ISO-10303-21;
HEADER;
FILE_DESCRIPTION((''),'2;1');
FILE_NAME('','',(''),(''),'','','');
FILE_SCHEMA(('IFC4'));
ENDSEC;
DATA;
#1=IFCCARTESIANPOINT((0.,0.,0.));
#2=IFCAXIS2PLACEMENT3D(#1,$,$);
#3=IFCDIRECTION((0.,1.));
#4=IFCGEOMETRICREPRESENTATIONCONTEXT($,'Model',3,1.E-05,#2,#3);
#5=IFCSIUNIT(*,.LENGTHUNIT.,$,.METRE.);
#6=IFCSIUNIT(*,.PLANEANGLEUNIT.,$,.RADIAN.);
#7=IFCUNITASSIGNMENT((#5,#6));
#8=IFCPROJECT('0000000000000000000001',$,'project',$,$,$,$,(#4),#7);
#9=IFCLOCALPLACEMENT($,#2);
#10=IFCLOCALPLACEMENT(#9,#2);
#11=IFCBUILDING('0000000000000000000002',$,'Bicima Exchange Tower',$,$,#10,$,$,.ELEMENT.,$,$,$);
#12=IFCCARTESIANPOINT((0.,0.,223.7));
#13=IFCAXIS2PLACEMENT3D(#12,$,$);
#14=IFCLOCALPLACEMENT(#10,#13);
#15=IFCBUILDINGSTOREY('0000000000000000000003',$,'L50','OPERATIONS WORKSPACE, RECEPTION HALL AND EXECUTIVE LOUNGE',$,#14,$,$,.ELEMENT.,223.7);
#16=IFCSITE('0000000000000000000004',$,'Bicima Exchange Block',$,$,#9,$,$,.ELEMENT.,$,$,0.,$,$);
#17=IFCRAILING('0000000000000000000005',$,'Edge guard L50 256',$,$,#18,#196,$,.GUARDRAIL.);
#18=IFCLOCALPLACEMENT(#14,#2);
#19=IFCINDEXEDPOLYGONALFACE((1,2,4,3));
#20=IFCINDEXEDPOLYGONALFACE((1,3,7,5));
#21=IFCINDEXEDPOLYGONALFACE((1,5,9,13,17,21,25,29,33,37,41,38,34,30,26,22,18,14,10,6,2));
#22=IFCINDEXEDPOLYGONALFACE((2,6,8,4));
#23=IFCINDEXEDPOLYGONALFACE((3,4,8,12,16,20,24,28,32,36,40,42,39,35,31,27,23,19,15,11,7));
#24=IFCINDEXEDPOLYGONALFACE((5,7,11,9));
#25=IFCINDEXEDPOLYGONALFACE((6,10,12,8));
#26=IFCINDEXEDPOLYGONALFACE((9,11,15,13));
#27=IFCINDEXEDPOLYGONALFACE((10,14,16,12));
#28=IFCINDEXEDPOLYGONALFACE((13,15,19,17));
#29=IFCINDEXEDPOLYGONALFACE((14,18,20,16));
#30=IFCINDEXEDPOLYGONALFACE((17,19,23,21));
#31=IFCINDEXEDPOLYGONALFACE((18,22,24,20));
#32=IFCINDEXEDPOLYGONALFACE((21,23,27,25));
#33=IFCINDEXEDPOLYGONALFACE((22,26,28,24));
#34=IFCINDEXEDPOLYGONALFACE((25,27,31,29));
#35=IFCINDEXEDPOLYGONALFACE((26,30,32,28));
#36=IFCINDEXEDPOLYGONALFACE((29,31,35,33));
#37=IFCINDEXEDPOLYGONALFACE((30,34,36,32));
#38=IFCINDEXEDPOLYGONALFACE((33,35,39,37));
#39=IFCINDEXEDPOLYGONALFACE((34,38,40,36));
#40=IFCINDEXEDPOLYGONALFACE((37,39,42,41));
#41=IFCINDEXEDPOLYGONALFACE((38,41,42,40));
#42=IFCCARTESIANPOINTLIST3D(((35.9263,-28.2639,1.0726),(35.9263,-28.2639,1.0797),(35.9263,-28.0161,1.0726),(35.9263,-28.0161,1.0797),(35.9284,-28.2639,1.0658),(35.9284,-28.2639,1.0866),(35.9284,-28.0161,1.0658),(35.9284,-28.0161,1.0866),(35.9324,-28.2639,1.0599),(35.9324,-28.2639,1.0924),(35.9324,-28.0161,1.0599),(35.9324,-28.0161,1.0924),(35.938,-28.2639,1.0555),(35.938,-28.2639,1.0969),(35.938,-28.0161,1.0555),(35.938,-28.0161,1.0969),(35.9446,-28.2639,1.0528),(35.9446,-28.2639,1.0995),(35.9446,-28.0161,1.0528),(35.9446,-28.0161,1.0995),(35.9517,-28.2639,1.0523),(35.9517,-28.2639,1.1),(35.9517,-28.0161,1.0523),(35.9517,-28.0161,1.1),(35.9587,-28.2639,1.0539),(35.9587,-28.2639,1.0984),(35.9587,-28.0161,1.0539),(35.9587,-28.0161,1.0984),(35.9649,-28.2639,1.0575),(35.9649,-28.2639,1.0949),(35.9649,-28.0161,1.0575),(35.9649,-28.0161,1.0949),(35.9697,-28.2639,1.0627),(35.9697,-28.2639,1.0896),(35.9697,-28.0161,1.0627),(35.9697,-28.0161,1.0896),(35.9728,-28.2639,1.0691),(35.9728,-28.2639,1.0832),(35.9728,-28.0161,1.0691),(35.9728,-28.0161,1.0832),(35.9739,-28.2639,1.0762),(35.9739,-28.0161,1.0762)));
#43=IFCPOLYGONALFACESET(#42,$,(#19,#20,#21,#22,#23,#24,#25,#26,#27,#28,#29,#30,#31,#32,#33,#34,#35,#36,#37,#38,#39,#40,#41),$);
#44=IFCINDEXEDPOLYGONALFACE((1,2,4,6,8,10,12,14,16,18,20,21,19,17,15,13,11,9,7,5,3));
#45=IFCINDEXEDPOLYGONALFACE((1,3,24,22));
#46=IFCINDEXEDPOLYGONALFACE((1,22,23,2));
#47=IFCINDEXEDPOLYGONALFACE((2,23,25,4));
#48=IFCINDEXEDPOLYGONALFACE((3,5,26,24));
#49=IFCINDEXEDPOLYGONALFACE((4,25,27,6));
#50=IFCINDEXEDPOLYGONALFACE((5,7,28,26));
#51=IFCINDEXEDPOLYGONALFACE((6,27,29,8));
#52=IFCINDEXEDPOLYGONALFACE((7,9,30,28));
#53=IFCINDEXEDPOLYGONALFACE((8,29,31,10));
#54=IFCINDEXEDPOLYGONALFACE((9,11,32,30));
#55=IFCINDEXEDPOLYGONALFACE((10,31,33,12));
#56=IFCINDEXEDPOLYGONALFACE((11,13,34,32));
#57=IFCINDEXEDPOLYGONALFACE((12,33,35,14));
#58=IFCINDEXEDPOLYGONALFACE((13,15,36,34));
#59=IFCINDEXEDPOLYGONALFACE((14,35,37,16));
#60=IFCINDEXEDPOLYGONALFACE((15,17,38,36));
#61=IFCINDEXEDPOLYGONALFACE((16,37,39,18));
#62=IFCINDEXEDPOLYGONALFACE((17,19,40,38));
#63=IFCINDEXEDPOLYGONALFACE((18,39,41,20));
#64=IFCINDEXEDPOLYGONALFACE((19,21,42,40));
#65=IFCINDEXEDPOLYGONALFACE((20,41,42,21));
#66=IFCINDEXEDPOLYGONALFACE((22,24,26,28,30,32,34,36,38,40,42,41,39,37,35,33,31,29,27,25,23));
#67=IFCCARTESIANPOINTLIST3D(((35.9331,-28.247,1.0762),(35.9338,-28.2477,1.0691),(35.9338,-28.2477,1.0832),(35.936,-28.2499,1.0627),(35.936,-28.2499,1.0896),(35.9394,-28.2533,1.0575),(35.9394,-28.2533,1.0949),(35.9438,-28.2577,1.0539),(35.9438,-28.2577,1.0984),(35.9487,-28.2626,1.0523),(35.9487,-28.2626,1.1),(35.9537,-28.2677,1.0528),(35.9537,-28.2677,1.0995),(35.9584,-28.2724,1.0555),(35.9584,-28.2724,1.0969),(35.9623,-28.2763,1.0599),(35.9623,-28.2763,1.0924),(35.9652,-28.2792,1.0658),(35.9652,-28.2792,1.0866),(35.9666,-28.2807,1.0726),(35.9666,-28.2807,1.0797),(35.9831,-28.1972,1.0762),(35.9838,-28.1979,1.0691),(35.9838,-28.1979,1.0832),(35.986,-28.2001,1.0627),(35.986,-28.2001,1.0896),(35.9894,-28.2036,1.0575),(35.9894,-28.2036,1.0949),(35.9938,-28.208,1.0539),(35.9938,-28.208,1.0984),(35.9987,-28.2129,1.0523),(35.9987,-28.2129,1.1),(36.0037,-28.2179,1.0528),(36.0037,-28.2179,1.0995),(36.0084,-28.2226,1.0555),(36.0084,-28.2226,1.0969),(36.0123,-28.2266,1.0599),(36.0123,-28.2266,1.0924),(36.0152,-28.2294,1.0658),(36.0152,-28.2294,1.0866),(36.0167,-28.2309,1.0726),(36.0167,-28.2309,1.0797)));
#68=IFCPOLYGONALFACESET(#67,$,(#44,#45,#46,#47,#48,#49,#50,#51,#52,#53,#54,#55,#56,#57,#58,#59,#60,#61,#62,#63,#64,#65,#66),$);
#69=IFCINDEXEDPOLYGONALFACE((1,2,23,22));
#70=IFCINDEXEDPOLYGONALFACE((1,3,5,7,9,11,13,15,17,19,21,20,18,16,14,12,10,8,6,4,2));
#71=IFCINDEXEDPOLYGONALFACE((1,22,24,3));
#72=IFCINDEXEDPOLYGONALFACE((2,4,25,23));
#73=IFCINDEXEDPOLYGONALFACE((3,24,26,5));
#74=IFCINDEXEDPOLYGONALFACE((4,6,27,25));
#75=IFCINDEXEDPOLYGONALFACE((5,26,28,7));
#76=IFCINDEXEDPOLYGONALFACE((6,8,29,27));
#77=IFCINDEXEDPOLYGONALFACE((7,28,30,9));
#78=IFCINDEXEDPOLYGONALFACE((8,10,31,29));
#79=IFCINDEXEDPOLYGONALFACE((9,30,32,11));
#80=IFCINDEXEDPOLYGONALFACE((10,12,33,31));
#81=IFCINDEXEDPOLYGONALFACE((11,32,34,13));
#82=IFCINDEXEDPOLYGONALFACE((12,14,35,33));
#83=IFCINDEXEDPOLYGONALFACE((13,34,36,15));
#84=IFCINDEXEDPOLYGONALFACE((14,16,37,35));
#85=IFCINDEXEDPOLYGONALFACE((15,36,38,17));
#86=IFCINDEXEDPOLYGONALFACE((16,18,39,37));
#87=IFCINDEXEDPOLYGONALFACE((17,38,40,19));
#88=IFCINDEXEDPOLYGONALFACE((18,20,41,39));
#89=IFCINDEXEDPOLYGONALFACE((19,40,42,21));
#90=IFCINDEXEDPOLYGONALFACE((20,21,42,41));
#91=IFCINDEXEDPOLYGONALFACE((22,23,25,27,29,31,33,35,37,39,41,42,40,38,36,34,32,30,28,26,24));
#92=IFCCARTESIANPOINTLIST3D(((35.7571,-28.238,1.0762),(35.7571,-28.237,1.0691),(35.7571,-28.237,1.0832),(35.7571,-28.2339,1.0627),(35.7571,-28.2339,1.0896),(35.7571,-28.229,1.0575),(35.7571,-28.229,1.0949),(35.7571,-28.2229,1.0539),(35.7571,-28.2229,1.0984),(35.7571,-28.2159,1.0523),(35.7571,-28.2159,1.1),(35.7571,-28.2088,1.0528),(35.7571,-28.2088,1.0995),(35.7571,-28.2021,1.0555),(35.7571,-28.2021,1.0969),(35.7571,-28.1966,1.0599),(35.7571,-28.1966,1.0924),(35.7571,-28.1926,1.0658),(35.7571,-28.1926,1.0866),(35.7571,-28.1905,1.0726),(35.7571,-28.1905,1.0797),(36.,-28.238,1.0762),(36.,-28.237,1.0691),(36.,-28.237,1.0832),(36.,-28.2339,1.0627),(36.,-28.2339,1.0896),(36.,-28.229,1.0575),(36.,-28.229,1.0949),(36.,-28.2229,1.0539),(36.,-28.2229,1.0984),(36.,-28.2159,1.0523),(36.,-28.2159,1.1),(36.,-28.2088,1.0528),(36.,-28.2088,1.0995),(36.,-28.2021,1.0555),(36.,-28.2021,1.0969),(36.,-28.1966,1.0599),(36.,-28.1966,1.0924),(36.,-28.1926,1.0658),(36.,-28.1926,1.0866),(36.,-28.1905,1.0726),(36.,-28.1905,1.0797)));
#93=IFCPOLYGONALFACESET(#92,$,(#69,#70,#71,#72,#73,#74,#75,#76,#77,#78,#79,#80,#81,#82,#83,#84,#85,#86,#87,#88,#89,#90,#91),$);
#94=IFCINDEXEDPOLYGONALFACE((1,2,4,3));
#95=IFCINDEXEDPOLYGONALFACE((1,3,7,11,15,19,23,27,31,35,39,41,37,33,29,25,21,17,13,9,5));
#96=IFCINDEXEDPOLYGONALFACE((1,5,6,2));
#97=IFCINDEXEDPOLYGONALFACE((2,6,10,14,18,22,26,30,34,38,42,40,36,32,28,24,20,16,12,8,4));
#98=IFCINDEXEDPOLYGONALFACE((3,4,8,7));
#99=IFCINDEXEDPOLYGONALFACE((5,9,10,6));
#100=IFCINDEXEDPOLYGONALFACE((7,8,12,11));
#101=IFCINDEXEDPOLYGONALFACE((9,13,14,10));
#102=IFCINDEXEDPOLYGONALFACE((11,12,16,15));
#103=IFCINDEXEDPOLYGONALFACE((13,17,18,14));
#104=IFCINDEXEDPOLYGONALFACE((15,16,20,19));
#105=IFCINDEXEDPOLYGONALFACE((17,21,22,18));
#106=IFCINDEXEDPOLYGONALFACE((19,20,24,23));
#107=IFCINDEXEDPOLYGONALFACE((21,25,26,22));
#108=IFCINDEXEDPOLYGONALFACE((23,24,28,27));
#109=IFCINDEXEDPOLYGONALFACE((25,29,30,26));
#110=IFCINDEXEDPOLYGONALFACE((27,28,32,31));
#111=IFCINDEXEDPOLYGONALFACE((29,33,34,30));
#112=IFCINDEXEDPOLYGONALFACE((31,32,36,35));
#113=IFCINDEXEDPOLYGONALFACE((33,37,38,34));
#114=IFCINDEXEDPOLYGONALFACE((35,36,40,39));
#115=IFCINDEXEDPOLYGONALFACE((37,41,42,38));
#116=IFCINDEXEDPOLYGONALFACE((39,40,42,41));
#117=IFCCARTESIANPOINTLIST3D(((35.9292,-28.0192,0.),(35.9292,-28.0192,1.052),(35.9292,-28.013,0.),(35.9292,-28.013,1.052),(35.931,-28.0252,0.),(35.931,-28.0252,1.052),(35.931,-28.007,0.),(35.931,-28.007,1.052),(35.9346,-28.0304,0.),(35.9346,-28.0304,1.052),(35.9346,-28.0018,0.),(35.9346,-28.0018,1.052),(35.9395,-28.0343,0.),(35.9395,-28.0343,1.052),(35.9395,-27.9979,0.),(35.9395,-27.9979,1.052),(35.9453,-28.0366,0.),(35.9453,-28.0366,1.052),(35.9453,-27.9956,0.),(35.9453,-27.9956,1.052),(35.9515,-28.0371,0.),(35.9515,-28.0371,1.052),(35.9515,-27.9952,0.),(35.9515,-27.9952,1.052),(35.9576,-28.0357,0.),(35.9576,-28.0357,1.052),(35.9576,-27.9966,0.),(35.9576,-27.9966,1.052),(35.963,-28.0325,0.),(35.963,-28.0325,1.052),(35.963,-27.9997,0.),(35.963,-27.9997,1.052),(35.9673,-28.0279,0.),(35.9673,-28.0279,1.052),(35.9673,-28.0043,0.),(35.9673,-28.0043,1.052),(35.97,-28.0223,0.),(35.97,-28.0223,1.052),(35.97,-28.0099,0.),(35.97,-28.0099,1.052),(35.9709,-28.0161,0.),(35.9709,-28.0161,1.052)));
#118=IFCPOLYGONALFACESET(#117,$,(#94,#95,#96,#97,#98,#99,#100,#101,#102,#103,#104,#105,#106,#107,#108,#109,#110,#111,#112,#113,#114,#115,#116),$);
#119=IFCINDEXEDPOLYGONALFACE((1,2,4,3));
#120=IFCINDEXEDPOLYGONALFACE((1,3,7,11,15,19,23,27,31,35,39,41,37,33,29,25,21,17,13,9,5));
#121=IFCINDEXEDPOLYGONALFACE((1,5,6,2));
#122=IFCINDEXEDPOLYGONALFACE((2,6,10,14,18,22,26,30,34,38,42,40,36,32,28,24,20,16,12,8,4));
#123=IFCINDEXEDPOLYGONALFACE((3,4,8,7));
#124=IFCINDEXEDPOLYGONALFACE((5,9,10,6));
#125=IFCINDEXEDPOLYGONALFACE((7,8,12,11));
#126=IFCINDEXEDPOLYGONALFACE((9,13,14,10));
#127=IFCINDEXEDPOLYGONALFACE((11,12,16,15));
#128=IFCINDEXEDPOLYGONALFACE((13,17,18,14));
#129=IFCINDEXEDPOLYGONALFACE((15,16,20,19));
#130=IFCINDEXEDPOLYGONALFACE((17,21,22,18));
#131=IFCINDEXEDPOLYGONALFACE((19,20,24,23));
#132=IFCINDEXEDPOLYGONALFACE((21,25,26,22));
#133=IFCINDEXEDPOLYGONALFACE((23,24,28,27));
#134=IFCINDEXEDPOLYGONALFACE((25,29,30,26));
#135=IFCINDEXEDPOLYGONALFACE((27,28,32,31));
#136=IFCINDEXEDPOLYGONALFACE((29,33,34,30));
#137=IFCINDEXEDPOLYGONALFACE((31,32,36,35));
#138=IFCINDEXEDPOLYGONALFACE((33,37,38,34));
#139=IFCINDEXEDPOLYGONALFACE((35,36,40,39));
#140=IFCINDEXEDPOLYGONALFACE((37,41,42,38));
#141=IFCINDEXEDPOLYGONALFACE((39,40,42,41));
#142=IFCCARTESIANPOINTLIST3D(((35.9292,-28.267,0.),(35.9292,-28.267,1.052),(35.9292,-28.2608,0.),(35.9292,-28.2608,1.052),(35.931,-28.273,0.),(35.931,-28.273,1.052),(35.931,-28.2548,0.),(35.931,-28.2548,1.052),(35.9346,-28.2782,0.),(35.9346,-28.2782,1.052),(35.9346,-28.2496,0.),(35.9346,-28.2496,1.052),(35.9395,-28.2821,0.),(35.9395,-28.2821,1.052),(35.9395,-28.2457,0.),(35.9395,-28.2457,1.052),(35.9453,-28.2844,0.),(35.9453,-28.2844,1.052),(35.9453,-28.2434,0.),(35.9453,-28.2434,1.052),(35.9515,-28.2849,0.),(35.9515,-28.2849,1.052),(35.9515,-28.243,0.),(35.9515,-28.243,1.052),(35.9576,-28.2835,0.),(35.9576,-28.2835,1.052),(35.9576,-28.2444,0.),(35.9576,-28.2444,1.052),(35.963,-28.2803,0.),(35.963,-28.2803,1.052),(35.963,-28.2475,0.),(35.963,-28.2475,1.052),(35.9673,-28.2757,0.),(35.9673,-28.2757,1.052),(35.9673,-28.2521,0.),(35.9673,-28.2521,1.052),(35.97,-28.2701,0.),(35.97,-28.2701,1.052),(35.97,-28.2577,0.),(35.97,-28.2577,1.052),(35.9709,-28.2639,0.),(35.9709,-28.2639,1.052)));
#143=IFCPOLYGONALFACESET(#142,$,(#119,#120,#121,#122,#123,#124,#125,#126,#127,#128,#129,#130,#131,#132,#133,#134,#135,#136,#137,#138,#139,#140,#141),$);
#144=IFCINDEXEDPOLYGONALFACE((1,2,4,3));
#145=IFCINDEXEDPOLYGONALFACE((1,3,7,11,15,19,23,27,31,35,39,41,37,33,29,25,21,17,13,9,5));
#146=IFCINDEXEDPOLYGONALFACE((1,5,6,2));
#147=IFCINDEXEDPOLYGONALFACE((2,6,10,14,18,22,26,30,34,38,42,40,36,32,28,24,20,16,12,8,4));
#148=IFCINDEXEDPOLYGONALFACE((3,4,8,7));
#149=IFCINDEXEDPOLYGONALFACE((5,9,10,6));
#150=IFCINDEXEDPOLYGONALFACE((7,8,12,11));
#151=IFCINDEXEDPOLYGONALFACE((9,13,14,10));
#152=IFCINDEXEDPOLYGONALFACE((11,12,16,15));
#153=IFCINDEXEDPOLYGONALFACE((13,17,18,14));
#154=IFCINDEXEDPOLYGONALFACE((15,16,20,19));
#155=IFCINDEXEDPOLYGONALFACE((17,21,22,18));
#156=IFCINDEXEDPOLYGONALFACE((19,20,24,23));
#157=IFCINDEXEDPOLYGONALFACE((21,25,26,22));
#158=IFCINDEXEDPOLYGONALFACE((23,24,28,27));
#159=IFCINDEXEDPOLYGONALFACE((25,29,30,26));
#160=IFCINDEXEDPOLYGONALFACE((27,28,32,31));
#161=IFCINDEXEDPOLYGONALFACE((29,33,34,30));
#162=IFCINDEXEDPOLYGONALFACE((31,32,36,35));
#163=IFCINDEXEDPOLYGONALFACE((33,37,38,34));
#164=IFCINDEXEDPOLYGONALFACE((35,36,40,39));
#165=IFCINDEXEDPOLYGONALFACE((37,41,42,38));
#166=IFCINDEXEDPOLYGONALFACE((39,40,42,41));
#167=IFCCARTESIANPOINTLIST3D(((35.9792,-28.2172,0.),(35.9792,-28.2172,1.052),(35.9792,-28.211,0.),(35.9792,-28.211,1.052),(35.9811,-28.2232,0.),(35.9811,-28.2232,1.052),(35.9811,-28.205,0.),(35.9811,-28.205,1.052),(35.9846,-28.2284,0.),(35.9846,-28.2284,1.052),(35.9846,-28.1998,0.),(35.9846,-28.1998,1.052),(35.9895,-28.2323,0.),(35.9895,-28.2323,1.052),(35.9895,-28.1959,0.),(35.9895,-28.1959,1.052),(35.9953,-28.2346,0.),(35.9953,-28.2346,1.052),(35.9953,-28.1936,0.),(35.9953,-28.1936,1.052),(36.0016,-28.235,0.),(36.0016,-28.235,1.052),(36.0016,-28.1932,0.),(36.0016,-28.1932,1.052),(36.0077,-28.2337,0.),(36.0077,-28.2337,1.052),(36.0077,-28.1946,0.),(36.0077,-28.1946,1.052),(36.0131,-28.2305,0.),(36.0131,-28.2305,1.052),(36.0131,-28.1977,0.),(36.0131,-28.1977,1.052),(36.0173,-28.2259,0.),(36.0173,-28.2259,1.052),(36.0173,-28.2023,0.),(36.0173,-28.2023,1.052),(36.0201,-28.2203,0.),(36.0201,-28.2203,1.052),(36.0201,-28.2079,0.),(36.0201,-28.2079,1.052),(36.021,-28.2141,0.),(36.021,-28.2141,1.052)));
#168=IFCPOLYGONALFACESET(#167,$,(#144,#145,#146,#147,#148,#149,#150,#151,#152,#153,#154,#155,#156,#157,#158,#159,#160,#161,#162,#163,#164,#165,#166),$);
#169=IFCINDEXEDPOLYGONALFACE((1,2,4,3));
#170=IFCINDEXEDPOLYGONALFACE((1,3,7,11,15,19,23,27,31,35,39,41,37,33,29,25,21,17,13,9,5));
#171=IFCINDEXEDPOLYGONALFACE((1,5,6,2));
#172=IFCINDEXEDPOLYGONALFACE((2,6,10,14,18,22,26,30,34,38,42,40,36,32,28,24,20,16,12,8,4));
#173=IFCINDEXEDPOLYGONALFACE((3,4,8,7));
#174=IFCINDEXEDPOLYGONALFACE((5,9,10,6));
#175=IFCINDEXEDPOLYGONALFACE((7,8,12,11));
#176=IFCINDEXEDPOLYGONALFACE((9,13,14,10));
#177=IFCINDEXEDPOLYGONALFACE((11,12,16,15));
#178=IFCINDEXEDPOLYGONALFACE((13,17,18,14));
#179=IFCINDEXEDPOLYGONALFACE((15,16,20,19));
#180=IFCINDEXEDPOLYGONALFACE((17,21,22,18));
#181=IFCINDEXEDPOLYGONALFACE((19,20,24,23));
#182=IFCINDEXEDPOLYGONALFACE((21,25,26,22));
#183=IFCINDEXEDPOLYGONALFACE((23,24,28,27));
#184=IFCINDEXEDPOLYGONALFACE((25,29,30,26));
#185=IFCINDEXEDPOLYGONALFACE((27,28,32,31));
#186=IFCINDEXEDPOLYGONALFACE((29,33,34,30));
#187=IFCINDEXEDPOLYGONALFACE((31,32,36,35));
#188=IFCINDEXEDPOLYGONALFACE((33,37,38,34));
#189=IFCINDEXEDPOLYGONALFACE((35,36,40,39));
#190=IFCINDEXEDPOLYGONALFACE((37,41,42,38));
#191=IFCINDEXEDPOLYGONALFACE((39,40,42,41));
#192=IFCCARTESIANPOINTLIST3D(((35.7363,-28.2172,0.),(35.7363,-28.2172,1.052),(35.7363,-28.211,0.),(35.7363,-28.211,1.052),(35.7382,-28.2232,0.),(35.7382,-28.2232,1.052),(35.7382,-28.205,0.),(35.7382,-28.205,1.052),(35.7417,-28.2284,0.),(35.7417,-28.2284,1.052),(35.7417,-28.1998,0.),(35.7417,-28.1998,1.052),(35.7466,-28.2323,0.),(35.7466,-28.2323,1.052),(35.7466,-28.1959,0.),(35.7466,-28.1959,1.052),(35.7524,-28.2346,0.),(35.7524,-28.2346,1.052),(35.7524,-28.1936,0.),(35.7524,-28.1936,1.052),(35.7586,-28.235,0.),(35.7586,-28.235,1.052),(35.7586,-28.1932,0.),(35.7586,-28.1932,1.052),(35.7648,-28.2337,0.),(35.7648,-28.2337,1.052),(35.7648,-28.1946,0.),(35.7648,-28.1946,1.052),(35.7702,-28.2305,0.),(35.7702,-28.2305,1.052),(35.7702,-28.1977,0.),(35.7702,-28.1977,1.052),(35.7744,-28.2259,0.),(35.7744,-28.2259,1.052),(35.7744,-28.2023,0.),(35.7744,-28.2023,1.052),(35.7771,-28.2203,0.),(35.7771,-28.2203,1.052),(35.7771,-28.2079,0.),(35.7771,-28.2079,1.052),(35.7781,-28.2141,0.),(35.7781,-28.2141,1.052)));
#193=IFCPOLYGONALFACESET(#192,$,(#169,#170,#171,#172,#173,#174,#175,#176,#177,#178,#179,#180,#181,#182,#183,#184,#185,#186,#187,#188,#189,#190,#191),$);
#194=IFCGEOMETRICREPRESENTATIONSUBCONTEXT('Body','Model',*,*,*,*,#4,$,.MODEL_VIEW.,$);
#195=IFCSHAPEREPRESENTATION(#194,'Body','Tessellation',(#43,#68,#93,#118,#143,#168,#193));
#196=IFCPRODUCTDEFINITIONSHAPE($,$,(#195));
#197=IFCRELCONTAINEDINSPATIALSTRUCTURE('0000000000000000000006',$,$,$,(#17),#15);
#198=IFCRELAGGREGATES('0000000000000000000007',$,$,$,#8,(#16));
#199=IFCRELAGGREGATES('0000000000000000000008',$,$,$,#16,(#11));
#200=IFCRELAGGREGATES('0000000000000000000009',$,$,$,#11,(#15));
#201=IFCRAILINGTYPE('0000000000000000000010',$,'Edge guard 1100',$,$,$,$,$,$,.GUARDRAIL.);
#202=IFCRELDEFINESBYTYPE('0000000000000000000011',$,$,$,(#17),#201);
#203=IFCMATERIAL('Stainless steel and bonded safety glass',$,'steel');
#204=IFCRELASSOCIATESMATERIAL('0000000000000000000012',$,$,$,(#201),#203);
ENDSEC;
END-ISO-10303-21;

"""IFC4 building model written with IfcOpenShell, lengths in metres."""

from ifc_helpers import new_model, si_unit, direction, frame, origin, origin_2d, place, context, subcontext, project, spatial, circle, extrude, material, type_object, element, save


model = new_model("IFC4")

# Units and contexts
model_context = context("Model", 3, precision=1e-05, world=origin(), true_north=direction((0.0, 1.0)))
body_context = subcontext(model_context, "Body", "Model", "MODEL_VIEW")
ifc_project = project(units=[si_unit("LENGTHUNIT", "METRE"), si_unit("PLANEANGLEUNIT", "RADIAN")], contexts=[model_context])

# Site, building, storey
site_placement = place(None, origin())
site = spatial("IfcSite", under=ifc_project, at=site_placement, Name="Bicima Exchange Block", CompositionType="ELEMENT", RefElevation=0.0)
building_placement = place(site_placement, origin())
building = spatial("IfcBuilding", under=site, at=building_placement, Name="Bicima Exchange Tower", CompositionType="ELEMENT")
storey_placement = place(building_placement, frame((0.0, 0.0, 223.7)))
storey = spatial("IfcBuildingStorey", under=building, at=storey_placement, Name="L50", Description="OPERATIONS WORKSPACE, RECEPTION HALL AND EXECUTIVE LOUNGE", CompositionType="ELEMENT", Elevation=223.7)

# Railing
ifc_material_1 = material(Name="Stainless steel and bonded safety glass", Category="steel")
railing_type = type_object("IfcRailingType", Name="Edge guard 1100", PredefinedType="GUARDRAIL", material=ifc_material_1)
railing_placement = place(storey_placement, frame((35.95, -28.0161, 0.0)))
element("IfcRailing", 1, at=railing_placement, inside=storey, type_object=railing_type, Name="Edge guard L50 256", PredefinedType="GUARDRAIL", context=body_context, shape_type="SweptSolid", body=[
    extrude(circle(Radius=0.0239, at=origin_2d()), frame((0.0, 0.0, 1.0762), z_axis=(0.0, -1.0, 0.0), x_axis=(1.0, 0.0, 0.0)), (0.0, 0.0, 1.0), 0.2478),
    extrude(circle(Radius=0.0239, at=origin_2d()), frame((0.0, -0.2478, 1.0762), z_axis=(0.708834, 0.705376, 0.0), x_axis=(-0.705376, 0.708834, 0.0)), (0.0, 0.0, 1.0), 0.0706),
    extrude(circle(Radius=0.0239, at=origin_2d()), frame((0.05, -0.198, 1.0762), z_axis=(-1.0, 0.0, 0.0), x_axis=(0.0, -1.0, 0.0)), (0.0, 0.0, 1.0), 0.2429),
    extrude(circle(Radius=0.021, at=origin_2d()), origin(), (0.0, 0.0, 1.0), 1.052),
    extrude(circle(Radius=0.021, at=origin_2d()), frame((0.0, -0.2478, 0.0)), (0.0, 0.0, 1.0), 1.052),
    extrude(circle(Radius=0.021, at=origin_2d()), frame((0.05, -0.198, 0.0)), (0.0, 0.0, 1.0), 1.052),
    extrude(circle(Radius=0.021, at=origin_2d()), frame((-0.1929, -0.198, 0.0)), (0.0, 0.0, 1.0), 1.052),
])

save(model, "model.ifc")
